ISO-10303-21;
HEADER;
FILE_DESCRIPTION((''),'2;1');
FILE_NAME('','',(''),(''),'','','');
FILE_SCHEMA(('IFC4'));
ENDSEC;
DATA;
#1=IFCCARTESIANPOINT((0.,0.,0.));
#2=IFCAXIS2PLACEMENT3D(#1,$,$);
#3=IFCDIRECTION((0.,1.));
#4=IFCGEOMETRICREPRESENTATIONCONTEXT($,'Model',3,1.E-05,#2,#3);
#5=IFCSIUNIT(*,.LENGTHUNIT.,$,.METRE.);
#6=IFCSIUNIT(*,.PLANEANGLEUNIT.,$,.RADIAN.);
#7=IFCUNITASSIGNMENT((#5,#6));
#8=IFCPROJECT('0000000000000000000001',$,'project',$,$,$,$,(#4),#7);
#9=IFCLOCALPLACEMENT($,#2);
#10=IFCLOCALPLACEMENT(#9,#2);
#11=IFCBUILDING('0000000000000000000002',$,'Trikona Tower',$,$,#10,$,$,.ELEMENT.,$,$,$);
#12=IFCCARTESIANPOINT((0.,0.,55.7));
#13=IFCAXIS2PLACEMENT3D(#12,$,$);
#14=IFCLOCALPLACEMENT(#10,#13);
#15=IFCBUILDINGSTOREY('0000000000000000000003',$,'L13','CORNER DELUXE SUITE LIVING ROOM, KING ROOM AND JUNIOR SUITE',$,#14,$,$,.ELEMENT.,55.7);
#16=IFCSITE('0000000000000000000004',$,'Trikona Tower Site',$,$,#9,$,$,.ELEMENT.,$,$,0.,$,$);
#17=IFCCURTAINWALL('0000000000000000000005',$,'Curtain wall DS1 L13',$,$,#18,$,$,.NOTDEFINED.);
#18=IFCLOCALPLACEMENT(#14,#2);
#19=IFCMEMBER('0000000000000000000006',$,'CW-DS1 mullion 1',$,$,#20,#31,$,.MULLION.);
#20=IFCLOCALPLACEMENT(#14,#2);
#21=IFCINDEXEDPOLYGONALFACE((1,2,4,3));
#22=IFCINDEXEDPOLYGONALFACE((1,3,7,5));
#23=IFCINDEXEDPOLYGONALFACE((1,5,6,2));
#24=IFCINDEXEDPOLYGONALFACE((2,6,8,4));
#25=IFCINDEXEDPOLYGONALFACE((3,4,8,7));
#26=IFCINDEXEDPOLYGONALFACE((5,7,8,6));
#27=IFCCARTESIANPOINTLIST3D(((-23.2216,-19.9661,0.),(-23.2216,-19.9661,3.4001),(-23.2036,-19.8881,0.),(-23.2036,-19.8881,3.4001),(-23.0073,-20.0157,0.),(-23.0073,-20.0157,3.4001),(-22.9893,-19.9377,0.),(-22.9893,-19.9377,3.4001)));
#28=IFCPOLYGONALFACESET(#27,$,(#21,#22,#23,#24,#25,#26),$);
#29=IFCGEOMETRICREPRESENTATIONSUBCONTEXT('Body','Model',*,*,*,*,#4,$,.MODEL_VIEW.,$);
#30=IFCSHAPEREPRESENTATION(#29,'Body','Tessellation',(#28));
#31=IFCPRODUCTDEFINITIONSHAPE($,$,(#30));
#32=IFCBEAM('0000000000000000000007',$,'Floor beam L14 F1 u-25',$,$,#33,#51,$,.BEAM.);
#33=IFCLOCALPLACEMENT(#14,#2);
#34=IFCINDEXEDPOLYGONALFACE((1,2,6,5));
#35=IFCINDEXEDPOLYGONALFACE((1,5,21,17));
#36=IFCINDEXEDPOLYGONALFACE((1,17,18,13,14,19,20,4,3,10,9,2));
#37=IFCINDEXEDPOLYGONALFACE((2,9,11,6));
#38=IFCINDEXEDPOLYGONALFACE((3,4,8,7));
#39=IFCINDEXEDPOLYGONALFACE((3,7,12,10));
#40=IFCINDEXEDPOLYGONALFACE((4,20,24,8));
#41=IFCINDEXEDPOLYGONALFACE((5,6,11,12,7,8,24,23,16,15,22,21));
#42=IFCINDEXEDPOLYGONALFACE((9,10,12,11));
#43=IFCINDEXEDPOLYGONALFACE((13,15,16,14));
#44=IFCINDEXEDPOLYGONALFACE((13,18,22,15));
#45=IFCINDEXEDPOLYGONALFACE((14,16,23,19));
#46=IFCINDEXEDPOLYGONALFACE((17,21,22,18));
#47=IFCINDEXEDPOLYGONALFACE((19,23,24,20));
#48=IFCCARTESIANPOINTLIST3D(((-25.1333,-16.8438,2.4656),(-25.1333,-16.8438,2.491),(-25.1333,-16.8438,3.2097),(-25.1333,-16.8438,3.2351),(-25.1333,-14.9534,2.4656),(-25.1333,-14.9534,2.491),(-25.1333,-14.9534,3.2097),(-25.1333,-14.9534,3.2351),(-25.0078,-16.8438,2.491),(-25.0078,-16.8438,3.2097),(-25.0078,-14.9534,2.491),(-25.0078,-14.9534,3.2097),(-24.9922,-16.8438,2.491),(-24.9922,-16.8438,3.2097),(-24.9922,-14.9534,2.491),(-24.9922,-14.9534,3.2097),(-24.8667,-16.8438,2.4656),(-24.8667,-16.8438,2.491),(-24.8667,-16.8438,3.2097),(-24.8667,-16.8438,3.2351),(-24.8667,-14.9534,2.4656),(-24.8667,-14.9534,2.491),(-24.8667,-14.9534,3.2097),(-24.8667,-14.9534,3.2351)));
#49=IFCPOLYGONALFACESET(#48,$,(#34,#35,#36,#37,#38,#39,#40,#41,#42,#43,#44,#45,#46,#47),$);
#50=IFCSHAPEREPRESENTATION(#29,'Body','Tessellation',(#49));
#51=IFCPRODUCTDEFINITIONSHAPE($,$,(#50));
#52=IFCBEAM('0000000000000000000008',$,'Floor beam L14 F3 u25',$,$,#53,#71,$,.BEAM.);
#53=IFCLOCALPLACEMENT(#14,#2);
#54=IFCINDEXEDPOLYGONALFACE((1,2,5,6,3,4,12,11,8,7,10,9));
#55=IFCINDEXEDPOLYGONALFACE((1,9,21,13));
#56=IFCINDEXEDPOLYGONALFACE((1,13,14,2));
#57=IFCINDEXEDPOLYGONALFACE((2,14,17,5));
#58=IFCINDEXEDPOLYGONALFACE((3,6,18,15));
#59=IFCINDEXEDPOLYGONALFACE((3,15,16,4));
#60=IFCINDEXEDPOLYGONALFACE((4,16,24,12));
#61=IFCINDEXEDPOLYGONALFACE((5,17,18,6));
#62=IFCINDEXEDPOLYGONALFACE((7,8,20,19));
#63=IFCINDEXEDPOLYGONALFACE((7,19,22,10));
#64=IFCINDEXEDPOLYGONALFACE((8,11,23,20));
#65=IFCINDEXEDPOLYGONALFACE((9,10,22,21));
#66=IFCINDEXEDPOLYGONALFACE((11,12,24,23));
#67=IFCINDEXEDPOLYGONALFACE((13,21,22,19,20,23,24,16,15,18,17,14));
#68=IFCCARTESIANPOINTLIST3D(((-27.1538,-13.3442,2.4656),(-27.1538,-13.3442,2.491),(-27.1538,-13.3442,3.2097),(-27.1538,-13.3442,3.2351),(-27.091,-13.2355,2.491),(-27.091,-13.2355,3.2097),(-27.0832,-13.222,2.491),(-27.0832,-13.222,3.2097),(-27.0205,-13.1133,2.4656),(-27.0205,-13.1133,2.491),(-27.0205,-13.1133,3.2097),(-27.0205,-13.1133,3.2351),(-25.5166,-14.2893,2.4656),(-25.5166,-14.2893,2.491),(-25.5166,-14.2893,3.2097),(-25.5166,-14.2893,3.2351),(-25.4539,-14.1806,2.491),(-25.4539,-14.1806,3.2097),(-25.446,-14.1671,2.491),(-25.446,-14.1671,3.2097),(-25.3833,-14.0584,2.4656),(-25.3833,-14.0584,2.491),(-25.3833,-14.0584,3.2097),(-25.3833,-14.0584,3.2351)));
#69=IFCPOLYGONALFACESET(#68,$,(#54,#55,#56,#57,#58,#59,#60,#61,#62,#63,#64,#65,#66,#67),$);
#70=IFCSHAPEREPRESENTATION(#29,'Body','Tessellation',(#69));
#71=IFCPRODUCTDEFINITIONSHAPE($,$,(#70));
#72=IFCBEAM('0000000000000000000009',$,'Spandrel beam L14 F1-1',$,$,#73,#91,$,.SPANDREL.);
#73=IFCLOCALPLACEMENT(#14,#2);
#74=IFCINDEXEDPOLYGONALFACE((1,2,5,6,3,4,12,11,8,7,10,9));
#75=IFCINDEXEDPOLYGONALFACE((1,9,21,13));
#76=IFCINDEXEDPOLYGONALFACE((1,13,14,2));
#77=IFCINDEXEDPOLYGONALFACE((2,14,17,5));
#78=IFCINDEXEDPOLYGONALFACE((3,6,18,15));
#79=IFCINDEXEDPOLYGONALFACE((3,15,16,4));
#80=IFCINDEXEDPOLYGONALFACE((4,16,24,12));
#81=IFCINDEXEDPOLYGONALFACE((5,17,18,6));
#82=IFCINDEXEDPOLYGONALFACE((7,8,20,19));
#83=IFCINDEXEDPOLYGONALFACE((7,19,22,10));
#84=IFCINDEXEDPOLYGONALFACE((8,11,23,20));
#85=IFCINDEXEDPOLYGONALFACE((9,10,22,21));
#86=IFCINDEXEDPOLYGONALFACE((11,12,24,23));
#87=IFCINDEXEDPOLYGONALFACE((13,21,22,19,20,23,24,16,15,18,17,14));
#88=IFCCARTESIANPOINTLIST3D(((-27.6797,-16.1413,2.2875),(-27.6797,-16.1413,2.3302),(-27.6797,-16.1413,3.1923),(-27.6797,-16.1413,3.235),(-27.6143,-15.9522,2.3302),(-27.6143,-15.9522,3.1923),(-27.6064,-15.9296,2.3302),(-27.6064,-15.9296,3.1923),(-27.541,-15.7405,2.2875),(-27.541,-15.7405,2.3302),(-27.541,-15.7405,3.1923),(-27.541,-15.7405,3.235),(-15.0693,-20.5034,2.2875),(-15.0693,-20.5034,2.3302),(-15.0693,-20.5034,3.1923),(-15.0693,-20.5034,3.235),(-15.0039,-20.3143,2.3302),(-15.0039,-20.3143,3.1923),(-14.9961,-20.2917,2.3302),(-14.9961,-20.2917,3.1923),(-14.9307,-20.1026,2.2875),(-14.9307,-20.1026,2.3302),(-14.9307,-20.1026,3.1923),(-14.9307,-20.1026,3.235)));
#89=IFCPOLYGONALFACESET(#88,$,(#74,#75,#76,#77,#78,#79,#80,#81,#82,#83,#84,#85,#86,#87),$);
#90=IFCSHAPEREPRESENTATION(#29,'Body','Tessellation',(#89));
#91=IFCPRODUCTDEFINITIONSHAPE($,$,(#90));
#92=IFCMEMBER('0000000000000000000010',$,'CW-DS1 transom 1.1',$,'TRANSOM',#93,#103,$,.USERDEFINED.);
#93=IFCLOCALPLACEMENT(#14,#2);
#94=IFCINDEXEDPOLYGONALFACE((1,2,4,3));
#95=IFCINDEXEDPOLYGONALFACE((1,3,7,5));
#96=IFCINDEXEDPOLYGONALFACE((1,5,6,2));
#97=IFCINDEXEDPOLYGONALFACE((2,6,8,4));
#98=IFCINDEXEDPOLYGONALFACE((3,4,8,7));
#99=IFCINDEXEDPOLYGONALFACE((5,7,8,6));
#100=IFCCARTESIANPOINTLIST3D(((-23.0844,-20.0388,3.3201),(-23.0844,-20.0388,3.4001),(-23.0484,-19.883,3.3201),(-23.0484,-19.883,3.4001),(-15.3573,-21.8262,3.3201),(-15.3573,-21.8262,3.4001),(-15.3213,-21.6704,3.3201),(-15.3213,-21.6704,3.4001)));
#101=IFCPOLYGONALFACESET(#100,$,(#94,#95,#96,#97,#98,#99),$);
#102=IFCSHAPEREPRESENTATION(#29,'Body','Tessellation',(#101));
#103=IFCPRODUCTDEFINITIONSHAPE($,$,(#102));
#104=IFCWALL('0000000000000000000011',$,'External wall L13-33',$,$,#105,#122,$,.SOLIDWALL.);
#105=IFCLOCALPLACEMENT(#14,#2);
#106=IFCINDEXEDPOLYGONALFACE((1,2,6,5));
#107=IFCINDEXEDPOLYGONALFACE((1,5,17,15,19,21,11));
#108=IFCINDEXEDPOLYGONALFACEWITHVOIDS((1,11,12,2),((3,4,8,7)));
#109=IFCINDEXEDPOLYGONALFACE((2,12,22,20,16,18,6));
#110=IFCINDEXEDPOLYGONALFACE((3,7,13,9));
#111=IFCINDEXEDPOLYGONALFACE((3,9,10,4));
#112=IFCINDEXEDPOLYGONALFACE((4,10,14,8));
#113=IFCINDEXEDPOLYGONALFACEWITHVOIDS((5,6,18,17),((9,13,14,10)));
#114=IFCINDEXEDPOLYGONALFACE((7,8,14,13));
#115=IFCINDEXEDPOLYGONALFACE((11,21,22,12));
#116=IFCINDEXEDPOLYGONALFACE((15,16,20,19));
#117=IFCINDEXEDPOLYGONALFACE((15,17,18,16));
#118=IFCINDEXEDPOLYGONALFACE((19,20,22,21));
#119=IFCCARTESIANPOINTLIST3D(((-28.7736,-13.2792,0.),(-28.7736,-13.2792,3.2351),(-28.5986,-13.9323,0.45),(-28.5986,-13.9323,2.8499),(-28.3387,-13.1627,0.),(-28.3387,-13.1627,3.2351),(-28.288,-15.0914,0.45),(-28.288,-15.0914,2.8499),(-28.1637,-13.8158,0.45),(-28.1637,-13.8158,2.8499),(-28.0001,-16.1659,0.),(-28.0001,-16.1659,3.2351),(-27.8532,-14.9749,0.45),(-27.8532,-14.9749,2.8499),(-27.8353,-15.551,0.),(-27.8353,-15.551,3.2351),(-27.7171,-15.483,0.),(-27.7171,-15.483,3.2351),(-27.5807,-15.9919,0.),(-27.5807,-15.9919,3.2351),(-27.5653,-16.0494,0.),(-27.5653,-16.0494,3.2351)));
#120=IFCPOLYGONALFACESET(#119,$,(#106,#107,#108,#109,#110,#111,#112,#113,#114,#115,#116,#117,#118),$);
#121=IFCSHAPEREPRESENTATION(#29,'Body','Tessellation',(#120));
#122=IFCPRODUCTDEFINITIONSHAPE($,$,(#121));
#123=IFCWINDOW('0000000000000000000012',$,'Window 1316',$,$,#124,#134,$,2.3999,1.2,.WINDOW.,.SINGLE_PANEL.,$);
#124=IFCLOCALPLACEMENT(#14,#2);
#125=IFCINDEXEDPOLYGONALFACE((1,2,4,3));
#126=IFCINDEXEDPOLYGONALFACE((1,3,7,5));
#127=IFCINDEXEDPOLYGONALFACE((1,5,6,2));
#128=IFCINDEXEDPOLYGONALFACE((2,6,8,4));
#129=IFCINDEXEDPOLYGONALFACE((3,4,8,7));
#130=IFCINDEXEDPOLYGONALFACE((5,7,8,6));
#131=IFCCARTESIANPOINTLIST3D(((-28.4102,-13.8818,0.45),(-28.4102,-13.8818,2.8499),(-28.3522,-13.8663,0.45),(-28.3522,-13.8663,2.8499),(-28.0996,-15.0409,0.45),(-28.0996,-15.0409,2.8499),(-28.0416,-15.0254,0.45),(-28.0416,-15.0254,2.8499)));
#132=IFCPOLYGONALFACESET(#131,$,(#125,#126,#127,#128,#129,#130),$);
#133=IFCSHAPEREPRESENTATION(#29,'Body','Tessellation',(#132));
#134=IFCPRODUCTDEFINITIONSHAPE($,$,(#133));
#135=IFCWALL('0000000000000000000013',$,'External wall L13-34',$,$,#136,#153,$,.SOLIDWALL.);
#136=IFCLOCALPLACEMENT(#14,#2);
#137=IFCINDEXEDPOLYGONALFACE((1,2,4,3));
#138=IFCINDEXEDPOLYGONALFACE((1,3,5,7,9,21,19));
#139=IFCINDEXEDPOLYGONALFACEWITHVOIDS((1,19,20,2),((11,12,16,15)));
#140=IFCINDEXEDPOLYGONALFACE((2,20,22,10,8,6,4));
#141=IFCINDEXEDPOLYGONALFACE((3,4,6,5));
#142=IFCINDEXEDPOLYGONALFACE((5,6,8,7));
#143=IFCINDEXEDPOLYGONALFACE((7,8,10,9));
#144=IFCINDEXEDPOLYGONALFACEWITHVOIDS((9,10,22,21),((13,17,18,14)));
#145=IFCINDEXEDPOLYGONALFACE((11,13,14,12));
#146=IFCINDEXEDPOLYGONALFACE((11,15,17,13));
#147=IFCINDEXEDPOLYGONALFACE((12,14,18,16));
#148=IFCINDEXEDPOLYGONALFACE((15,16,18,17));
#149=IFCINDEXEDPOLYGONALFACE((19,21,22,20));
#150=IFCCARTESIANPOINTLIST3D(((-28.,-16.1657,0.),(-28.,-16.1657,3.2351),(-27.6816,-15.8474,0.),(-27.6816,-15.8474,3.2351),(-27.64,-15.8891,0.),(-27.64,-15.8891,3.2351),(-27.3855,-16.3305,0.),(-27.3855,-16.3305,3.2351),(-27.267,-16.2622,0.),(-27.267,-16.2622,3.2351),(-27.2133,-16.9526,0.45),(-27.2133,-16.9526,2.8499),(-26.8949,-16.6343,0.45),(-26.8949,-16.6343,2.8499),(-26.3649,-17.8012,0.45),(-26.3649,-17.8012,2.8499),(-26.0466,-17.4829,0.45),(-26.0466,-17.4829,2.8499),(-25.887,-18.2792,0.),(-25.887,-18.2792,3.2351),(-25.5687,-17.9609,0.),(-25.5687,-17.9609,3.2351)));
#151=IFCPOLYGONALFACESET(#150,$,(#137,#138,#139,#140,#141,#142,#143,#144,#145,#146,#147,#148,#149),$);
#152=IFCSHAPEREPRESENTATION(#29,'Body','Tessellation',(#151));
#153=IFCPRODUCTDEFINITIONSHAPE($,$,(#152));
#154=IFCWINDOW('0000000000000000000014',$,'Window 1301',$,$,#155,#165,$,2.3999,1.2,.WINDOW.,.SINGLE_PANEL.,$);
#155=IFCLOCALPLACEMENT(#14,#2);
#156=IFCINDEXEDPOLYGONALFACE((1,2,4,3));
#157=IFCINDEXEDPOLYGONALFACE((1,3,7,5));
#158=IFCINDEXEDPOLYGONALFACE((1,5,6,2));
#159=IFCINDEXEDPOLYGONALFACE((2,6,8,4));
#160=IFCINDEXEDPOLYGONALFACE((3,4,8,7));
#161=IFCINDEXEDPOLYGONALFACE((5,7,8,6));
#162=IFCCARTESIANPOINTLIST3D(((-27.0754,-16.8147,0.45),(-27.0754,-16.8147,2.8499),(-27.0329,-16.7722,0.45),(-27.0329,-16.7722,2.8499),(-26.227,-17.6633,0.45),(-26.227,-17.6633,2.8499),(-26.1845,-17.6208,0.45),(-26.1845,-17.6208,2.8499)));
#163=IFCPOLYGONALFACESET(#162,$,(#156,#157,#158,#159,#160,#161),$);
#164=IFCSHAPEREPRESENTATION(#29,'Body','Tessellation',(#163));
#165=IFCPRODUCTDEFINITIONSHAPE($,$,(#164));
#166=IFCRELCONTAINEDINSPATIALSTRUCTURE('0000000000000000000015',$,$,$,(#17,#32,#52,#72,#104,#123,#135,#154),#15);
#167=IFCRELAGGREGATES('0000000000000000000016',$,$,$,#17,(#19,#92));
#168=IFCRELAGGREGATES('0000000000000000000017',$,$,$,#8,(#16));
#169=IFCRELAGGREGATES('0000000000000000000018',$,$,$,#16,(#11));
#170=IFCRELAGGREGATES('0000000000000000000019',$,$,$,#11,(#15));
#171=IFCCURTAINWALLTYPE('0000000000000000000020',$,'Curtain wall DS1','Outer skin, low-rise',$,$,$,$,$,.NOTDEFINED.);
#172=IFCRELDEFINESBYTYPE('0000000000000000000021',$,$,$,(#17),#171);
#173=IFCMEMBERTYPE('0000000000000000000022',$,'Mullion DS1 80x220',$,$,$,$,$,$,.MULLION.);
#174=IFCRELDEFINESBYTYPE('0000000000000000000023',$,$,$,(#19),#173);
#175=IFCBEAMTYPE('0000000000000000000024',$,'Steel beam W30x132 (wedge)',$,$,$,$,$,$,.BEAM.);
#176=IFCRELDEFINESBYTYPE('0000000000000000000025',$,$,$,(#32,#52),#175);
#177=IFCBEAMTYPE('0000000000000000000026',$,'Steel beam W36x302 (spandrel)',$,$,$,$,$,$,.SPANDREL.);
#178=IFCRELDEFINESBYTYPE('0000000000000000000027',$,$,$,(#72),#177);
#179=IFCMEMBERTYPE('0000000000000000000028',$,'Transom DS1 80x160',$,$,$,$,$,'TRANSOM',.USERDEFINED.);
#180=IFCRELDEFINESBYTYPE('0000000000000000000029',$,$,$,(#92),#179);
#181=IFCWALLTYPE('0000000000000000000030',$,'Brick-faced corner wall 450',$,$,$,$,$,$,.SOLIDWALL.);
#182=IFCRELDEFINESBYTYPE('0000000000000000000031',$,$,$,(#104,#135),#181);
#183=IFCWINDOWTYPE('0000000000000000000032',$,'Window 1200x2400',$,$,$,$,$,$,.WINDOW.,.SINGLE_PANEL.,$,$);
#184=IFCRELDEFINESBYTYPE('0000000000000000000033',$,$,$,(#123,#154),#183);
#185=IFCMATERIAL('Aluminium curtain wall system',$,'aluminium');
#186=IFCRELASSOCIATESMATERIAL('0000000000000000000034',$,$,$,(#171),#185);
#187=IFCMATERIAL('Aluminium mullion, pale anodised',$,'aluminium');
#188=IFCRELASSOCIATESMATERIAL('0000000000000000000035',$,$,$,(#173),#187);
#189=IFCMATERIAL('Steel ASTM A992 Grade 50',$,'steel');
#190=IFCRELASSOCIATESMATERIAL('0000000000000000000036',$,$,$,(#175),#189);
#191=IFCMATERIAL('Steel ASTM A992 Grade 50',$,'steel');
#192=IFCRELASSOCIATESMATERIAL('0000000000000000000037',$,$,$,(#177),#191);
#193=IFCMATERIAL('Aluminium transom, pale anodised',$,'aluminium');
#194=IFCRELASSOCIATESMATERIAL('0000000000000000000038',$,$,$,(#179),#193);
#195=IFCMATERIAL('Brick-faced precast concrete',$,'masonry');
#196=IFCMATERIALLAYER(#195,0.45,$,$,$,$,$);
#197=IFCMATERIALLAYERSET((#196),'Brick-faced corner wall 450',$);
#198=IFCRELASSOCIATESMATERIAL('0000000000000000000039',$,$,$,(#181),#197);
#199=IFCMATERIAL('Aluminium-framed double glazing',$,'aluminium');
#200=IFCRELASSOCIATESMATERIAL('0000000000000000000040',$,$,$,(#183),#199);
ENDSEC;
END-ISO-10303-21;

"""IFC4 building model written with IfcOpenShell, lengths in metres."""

from ifc_helpers import new_model, si_unit, direction, frame, frame_2d, origin, origin_2d, place, context, subcontext, project, spatial, polyline, rectangle, i_section, outline, extrude, material, layer, layer_set, material_profile, profile_set, type_object, element, fill, aggregate, save


model = new_model("IFC4")

# Units and contexts
model_context = context("Model", 3, precision=1e-05, world=origin(), true_north=direction((0.0, 1.0)))
body_context = subcontext(model_context, "Body", "Model", "MODEL_VIEW")
ifc_project = project(units=[si_unit("LENGTHUNIT", "METRE"), si_unit("PLANEANGLEUNIT", "RADIAN")], contexts=[model_context])

# Site, building, storey
site_placement = place(None, origin())
site = spatial("IfcSite", under=ifc_project, at=site_placement, Name="Trikona Tower Site", CompositionType="ELEMENT", RefElevation=0.0)
building_placement = place(site_placement, origin())
building = spatial("IfcBuilding", under=site, at=building_placement, Name="Trikona Tower", CompositionType="ELEMENT")
storey_placement = place(building_placement, frame((0.0, 0.0, 55.7)))
storey = spatial("IfcBuildingStorey", under=building, at=storey_placement, Name="L13", Description="CORNER DELUXE SUITE LIVING ROOM, KING ROOM AND JUNIOR SUITE", CompositionType="ELEMENT", Elevation=55.7)

# Curtain wall, member
ifc_material_1 = material(Name="Aluminium curtain wall system", Category="aluminium")
curtain_wall_type = type_object("IfcCurtainWallType", Name="Curtain wall DS1", Description="Outer skin, low-rise", PredefinedType="NOTDEFINED", material=ifc_material_1)
curtain_wall_placement = place(storey_placement, origin())
curtain_wall = element("IfcCurtainWall", 1, at=curtain_wall_placement, inside=storey, type_object=curtain_wall_type, Name="Curtain wall DS1 L13", PredefinedType="NOTDEFINED")
ifc_material_2 = material(Name="Aluminium mullion, pale anodised", Category="aluminium")
ifc_material_profile_1 = material_profile(ifc_material_2, rectangle(XDim=0.0801, YDim=0.22, at=origin_2d()), Name="MUL-DS1")
ifc_profile_set_1 = profile_set([ifc_material_profile_1], Name="Aluminium mullion, pale anodised")
member_type_1 = type_object("IfcMemberType", Name="Mullion DS1 80x220", PredefinedType="MULLION", material=ifc_profile_set_1)
member_1_placement = place(storey_placement, frame((-23.1055, -19.9519, 0.0), z_axis=(0.0, 0.0, 1.0), x_axis=(0.225343, 0.974279, 0.0)))
member_1 = element("IfcMember", 2, at=member_1_placement, type_object=member_type_1, Name="CW-DS1 mullion 1", PredefinedType="MULLION", context=body_context, shape_type="SweptSolid", body=[
    extrude(rectangle(XDim=0.0801, YDim=0.22, at=origin_2d()), origin(), (0.0, 0.0, 1.0), 3.4001),
])

# Beams
ifc_material_3 = material(Name="Steel ASTM A992 Grade 50", Category="steel")
ifc_material_profile_2 = material_profile(ifc_material_3, i_section(OverallWidth=0.2666, OverallDepth=0.7695, WebThickness=0.0156, FlangeThickness=0.0254, at=origin_2d()), Name="W30X132")
ifc_profile_set_2 = profile_set([ifc_material_profile_2], Name="Steel ASTM A992 Grade 50")
beam_type_1 = type_object("IfcBeamType", Name="Steel beam W30x132 (wedge)", PredefinedType="BEAM", material=ifc_profile_set_2)
for number, where, z_axis, x_axis, name in (
    (3, (-25.0, -14.9534, 2.8503), (0.0, -1.0, 0.0), (1.0, 0.0, 0.0), "Floor beam L14 F1 u-25"),
    (4, (-25.45, -14.1738, 2.8503), (-0.866065, 0.499931, 0.0), (-0.499931, -0.866065, 0.0), "Floor beam L14 F3 u25"),
):
    element("IfcBeam", number, at=place(storey_placement, frame(where, z_axis=z_axis, x_axis=x_axis)), inside=storey, type_object=beam_type_1, Name=name, PredefinedType="BEAM", context=body_context, shape_type="SweptSolid", body=[
        extrude(i_section(OverallWidth=0.2666, OverallDepth=0.7695, WebThickness=0.0156, FlangeThickness=0.0254, at=origin_2d()), origin(), (0.0, 0.0, 1.0), 1.8904),
    ])
ifc_material_4 = material(Name="Steel ASTM A992 Grade 50", Category="steel")
ifc_material_profile_3 = material_profile(ifc_material_4, i_section(OverallWidth=0.4241, OverallDepth=0.9475, WebThickness=0.0239, FlangeThickness=0.0427, at=origin_2d()), Name="W36X302")
ifc_profile_set_3 = profile_set([ifc_material_profile_3], Name="Steel ASTM A992 Grade 50")
beam_type_2 = type_object("IfcBeamType", Name="Steel beam W36x302 (spandrel)", PredefinedType="SPANDREL", material=ifc_profile_set_3)
beam_placement = place(storey_placement, frame((-27.6104, -15.9409, 2.7612), z_axis=(0.945057, -0.326906, 0.0), x_axis=(0.326906, 0.945057, 0.0)))
element("IfcBeam", 5, at=beam_placement, inside=storey, type_object=beam_type_2, Name="Spandrel beam L14 F1-1", PredefinedType="SPANDREL", context=body_context, shape_type="SweptSolid", body=[
    extrude(i_section(OverallWidth=0.4241, OverallDepth=0.9475, WebThickness=0.0239, FlangeThickness=0.0427, at=origin_2d()), origin(), (0.0, 0.0, 1.0), 13.3435),
])

# Member
ifc_material_5 = material(Name="Aluminium transom, pale anodised", Category="aluminium")
ifc_material_profile_4 = material_profile(ifc_material_5, rectangle(XDim=0.1599, YDim=0.0801, at=origin_2d()), Name="TRN-DS1")
ifc_profile_set_4 = profile_set([ifc_material_profile_4], Name="Aluminium transom, pale anodised")
member_type_2 = type_object("IfcMemberType", Name="Transom DS1 80x160", ElementType="TRANSOM", PredefinedType="USERDEFINED", material=ifc_profile_set_4)
member_2_placement = place(storey_placement, frame((-23.0664, -19.9609, 3.3601), z_axis=(0.974275, -0.225361, 0.0), x_axis=(0.225361, 0.974275, 0.0)))
member_2 = element("IfcMember", 6, at=member_2_placement, type_object=member_type_2, Name="CW-DS1 transom 1.1", ObjectType="TRANSOM", PredefinedType="USERDEFINED", context=body_context, shape_type="SweptSolid", body=[
    extrude(rectangle(XDim=0.1599, YDim=0.0801, at=origin_2d()), origin(), (0.0, 0.0, 1.0), 7.9312),
])
aggregate(curtain_wall, [member_1, member_2])

# Walls, openings, windows
ifc_material_6 = material(Name="Brick-faced precast concrete", Category="masonry")
ifc_layer_1 = layer(ifc_material_6, 0.45)
ifc_layer_set_1 = layer_set([ifc_layer_1], Name="Brick-faced corner wall 450")
wall_type_1 = type_object("IfcWallType", Name="Brick-faced corner wall 450", PredefinedType="SOLIDWALL", material=ifc_layer_set_1)
wall_1_placement = place(storey_placement, frame((-28.5562, -13.2209, 0.0), z_axis=(0.0, 0.0, 1.0), x_axis=(0.258801, -0.965931, 0.0)))
wall_1 = element("IfcWall", 7, at=wall_1_placement, inside=storey, type_object=wall_type_1, Name="External wall L13-33", PredefinedType="SOLIDWALL", context=body_context, shape_type="SweptSolid", body=[
    extrude(outline(polyline([(2.9885, 0.2251), (2.929, 0.2251), (2.4373, 0.0933), (2.4021, 0.2251), (0.0, 0.2251), (0.0, -0.2251), (2.9885, -0.2251), (2.9885, 0.2251)])), origin(), (0.0, 0.0, 1.0), 3.2351),
])
opening_1_placement = place(wall_1_placement, frame((0.676, 0.0, 0.45)))
opening_1 = element("IfcOpeningElement", 8, at=opening_1_placement, cuts=wall_1, PredefinedType="OPENING", context=body_context, shape_type="SweptSolid", body=[
    extrude(rectangle(XDim=1.2, YDim=2.3999, at=frame_2d((0.6001, 1.2))), frame((0.0, 0.2349, 0.0), z_axis=(0.0, -1.0, 0.0), x_axis=(1.0, 0.0, 0.0)), (0.0, 0.0, 1.0), 0.47),
])
ifc_material_7 = material(Name="Aluminium-framed double glazing", Category="aluminium")
window_type_1 = type_object("IfcWindowType", Name="Window 1200x2400", PartitioningType="SINGLE_PANEL", PredefinedType="WINDOW", material=ifc_material_7)
window_1_placement = place(opening_1_placement, origin())
window_1 = element("IfcWindow", 9, at=window_1_placement, inside=storey, type_object=window_type_1, Name="Window 1316", OverallHeight=2.3999, OverallWidth=1.2, PartitioningType="SINGLE_PANEL", PredefinedType="WINDOW", context=body_context, shape_type="SweptSolid", body=[
    extrude(rectangle(XDim=1.2, YDim=2.3999, at=frame_2d((0.6001, 1.2))), frame((0.0, 0.03, 0.0), z_axis=(0.0, -1.0, 0.0), x_axis=(1.0, 0.0, 0.0)), (0.0, 0.0, 1.0), 0.0601),
])
fill(opening_1, window_1)
wall_2_placement = place(storey_placement, frame((-27.8408, -16.0066, 0.0), z_axis=(0.0, 0.0, 1.0), x_axis=(0.707025, -0.707188, 0.0)))
wall_2 = element("IfcWall", 10, at=wall_2_placement, inside=storey, type_object=wall_type_1, Name="External wall L13-34", PredefinedType="SOLIDWALL", context=body_context, shape_type="SweptSolid", body=[
    extrude(outline(polyline([(2.9885, 0.2251), (0.5864, 0.2251), (0.551, 0.093), (0.0588, 0.2251), (0.0, 0.2251), (0.0, -0.2251), (2.9885, -0.2251), (2.9885, 0.2251)])), origin(), (0.0, 0.0, 1.0), 3.2351),
])
opening_2_placement = place(wall_2_placement, frame((1.1125, 0.0, 0.45)))
opening_2 = element("IfcOpeningElement", 11, at=opening_2_placement, cuts=wall_2, PredefinedType="OPENING", context=body_context, shape_type="SweptSolid", body=[
    extrude(rectangle(XDim=1.2, YDim=2.3999, at=frame_2d((0.6001, 1.2))), frame((0.0, 0.2349, 0.0), z_axis=(0.0, -1.0, 0.0), x_axis=(1.0, 0.0, 0.0)), (0.0, 0.0, 1.0), 0.47),
])
window_2_placement = place(opening_2_placement, origin())
window_2 = element("IfcWindow", 12, at=window_2_placement, inside=storey, type_object=window_type_1, Name="Window 1301", OverallHeight=2.3999, OverallWidth=1.2, PartitioningType="SINGLE_PANEL", PredefinedType="WINDOW", context=body_context, shape_type="SweptSolid", body=[
    extrude(rectangle(XDim=1.2, YDim=2.3999, at=frame_2d((0.6001, 1.2))), frame((0.0, 0.03, 0.0), z_axis=(0.0, -1.0, 0.0), x_axis=(1.0, 0.0, 0.0)), (0.0, 0.0, 1.0), 0.0601),
])
fill(opening_2, window_2)

save(model, "model.ifc")
